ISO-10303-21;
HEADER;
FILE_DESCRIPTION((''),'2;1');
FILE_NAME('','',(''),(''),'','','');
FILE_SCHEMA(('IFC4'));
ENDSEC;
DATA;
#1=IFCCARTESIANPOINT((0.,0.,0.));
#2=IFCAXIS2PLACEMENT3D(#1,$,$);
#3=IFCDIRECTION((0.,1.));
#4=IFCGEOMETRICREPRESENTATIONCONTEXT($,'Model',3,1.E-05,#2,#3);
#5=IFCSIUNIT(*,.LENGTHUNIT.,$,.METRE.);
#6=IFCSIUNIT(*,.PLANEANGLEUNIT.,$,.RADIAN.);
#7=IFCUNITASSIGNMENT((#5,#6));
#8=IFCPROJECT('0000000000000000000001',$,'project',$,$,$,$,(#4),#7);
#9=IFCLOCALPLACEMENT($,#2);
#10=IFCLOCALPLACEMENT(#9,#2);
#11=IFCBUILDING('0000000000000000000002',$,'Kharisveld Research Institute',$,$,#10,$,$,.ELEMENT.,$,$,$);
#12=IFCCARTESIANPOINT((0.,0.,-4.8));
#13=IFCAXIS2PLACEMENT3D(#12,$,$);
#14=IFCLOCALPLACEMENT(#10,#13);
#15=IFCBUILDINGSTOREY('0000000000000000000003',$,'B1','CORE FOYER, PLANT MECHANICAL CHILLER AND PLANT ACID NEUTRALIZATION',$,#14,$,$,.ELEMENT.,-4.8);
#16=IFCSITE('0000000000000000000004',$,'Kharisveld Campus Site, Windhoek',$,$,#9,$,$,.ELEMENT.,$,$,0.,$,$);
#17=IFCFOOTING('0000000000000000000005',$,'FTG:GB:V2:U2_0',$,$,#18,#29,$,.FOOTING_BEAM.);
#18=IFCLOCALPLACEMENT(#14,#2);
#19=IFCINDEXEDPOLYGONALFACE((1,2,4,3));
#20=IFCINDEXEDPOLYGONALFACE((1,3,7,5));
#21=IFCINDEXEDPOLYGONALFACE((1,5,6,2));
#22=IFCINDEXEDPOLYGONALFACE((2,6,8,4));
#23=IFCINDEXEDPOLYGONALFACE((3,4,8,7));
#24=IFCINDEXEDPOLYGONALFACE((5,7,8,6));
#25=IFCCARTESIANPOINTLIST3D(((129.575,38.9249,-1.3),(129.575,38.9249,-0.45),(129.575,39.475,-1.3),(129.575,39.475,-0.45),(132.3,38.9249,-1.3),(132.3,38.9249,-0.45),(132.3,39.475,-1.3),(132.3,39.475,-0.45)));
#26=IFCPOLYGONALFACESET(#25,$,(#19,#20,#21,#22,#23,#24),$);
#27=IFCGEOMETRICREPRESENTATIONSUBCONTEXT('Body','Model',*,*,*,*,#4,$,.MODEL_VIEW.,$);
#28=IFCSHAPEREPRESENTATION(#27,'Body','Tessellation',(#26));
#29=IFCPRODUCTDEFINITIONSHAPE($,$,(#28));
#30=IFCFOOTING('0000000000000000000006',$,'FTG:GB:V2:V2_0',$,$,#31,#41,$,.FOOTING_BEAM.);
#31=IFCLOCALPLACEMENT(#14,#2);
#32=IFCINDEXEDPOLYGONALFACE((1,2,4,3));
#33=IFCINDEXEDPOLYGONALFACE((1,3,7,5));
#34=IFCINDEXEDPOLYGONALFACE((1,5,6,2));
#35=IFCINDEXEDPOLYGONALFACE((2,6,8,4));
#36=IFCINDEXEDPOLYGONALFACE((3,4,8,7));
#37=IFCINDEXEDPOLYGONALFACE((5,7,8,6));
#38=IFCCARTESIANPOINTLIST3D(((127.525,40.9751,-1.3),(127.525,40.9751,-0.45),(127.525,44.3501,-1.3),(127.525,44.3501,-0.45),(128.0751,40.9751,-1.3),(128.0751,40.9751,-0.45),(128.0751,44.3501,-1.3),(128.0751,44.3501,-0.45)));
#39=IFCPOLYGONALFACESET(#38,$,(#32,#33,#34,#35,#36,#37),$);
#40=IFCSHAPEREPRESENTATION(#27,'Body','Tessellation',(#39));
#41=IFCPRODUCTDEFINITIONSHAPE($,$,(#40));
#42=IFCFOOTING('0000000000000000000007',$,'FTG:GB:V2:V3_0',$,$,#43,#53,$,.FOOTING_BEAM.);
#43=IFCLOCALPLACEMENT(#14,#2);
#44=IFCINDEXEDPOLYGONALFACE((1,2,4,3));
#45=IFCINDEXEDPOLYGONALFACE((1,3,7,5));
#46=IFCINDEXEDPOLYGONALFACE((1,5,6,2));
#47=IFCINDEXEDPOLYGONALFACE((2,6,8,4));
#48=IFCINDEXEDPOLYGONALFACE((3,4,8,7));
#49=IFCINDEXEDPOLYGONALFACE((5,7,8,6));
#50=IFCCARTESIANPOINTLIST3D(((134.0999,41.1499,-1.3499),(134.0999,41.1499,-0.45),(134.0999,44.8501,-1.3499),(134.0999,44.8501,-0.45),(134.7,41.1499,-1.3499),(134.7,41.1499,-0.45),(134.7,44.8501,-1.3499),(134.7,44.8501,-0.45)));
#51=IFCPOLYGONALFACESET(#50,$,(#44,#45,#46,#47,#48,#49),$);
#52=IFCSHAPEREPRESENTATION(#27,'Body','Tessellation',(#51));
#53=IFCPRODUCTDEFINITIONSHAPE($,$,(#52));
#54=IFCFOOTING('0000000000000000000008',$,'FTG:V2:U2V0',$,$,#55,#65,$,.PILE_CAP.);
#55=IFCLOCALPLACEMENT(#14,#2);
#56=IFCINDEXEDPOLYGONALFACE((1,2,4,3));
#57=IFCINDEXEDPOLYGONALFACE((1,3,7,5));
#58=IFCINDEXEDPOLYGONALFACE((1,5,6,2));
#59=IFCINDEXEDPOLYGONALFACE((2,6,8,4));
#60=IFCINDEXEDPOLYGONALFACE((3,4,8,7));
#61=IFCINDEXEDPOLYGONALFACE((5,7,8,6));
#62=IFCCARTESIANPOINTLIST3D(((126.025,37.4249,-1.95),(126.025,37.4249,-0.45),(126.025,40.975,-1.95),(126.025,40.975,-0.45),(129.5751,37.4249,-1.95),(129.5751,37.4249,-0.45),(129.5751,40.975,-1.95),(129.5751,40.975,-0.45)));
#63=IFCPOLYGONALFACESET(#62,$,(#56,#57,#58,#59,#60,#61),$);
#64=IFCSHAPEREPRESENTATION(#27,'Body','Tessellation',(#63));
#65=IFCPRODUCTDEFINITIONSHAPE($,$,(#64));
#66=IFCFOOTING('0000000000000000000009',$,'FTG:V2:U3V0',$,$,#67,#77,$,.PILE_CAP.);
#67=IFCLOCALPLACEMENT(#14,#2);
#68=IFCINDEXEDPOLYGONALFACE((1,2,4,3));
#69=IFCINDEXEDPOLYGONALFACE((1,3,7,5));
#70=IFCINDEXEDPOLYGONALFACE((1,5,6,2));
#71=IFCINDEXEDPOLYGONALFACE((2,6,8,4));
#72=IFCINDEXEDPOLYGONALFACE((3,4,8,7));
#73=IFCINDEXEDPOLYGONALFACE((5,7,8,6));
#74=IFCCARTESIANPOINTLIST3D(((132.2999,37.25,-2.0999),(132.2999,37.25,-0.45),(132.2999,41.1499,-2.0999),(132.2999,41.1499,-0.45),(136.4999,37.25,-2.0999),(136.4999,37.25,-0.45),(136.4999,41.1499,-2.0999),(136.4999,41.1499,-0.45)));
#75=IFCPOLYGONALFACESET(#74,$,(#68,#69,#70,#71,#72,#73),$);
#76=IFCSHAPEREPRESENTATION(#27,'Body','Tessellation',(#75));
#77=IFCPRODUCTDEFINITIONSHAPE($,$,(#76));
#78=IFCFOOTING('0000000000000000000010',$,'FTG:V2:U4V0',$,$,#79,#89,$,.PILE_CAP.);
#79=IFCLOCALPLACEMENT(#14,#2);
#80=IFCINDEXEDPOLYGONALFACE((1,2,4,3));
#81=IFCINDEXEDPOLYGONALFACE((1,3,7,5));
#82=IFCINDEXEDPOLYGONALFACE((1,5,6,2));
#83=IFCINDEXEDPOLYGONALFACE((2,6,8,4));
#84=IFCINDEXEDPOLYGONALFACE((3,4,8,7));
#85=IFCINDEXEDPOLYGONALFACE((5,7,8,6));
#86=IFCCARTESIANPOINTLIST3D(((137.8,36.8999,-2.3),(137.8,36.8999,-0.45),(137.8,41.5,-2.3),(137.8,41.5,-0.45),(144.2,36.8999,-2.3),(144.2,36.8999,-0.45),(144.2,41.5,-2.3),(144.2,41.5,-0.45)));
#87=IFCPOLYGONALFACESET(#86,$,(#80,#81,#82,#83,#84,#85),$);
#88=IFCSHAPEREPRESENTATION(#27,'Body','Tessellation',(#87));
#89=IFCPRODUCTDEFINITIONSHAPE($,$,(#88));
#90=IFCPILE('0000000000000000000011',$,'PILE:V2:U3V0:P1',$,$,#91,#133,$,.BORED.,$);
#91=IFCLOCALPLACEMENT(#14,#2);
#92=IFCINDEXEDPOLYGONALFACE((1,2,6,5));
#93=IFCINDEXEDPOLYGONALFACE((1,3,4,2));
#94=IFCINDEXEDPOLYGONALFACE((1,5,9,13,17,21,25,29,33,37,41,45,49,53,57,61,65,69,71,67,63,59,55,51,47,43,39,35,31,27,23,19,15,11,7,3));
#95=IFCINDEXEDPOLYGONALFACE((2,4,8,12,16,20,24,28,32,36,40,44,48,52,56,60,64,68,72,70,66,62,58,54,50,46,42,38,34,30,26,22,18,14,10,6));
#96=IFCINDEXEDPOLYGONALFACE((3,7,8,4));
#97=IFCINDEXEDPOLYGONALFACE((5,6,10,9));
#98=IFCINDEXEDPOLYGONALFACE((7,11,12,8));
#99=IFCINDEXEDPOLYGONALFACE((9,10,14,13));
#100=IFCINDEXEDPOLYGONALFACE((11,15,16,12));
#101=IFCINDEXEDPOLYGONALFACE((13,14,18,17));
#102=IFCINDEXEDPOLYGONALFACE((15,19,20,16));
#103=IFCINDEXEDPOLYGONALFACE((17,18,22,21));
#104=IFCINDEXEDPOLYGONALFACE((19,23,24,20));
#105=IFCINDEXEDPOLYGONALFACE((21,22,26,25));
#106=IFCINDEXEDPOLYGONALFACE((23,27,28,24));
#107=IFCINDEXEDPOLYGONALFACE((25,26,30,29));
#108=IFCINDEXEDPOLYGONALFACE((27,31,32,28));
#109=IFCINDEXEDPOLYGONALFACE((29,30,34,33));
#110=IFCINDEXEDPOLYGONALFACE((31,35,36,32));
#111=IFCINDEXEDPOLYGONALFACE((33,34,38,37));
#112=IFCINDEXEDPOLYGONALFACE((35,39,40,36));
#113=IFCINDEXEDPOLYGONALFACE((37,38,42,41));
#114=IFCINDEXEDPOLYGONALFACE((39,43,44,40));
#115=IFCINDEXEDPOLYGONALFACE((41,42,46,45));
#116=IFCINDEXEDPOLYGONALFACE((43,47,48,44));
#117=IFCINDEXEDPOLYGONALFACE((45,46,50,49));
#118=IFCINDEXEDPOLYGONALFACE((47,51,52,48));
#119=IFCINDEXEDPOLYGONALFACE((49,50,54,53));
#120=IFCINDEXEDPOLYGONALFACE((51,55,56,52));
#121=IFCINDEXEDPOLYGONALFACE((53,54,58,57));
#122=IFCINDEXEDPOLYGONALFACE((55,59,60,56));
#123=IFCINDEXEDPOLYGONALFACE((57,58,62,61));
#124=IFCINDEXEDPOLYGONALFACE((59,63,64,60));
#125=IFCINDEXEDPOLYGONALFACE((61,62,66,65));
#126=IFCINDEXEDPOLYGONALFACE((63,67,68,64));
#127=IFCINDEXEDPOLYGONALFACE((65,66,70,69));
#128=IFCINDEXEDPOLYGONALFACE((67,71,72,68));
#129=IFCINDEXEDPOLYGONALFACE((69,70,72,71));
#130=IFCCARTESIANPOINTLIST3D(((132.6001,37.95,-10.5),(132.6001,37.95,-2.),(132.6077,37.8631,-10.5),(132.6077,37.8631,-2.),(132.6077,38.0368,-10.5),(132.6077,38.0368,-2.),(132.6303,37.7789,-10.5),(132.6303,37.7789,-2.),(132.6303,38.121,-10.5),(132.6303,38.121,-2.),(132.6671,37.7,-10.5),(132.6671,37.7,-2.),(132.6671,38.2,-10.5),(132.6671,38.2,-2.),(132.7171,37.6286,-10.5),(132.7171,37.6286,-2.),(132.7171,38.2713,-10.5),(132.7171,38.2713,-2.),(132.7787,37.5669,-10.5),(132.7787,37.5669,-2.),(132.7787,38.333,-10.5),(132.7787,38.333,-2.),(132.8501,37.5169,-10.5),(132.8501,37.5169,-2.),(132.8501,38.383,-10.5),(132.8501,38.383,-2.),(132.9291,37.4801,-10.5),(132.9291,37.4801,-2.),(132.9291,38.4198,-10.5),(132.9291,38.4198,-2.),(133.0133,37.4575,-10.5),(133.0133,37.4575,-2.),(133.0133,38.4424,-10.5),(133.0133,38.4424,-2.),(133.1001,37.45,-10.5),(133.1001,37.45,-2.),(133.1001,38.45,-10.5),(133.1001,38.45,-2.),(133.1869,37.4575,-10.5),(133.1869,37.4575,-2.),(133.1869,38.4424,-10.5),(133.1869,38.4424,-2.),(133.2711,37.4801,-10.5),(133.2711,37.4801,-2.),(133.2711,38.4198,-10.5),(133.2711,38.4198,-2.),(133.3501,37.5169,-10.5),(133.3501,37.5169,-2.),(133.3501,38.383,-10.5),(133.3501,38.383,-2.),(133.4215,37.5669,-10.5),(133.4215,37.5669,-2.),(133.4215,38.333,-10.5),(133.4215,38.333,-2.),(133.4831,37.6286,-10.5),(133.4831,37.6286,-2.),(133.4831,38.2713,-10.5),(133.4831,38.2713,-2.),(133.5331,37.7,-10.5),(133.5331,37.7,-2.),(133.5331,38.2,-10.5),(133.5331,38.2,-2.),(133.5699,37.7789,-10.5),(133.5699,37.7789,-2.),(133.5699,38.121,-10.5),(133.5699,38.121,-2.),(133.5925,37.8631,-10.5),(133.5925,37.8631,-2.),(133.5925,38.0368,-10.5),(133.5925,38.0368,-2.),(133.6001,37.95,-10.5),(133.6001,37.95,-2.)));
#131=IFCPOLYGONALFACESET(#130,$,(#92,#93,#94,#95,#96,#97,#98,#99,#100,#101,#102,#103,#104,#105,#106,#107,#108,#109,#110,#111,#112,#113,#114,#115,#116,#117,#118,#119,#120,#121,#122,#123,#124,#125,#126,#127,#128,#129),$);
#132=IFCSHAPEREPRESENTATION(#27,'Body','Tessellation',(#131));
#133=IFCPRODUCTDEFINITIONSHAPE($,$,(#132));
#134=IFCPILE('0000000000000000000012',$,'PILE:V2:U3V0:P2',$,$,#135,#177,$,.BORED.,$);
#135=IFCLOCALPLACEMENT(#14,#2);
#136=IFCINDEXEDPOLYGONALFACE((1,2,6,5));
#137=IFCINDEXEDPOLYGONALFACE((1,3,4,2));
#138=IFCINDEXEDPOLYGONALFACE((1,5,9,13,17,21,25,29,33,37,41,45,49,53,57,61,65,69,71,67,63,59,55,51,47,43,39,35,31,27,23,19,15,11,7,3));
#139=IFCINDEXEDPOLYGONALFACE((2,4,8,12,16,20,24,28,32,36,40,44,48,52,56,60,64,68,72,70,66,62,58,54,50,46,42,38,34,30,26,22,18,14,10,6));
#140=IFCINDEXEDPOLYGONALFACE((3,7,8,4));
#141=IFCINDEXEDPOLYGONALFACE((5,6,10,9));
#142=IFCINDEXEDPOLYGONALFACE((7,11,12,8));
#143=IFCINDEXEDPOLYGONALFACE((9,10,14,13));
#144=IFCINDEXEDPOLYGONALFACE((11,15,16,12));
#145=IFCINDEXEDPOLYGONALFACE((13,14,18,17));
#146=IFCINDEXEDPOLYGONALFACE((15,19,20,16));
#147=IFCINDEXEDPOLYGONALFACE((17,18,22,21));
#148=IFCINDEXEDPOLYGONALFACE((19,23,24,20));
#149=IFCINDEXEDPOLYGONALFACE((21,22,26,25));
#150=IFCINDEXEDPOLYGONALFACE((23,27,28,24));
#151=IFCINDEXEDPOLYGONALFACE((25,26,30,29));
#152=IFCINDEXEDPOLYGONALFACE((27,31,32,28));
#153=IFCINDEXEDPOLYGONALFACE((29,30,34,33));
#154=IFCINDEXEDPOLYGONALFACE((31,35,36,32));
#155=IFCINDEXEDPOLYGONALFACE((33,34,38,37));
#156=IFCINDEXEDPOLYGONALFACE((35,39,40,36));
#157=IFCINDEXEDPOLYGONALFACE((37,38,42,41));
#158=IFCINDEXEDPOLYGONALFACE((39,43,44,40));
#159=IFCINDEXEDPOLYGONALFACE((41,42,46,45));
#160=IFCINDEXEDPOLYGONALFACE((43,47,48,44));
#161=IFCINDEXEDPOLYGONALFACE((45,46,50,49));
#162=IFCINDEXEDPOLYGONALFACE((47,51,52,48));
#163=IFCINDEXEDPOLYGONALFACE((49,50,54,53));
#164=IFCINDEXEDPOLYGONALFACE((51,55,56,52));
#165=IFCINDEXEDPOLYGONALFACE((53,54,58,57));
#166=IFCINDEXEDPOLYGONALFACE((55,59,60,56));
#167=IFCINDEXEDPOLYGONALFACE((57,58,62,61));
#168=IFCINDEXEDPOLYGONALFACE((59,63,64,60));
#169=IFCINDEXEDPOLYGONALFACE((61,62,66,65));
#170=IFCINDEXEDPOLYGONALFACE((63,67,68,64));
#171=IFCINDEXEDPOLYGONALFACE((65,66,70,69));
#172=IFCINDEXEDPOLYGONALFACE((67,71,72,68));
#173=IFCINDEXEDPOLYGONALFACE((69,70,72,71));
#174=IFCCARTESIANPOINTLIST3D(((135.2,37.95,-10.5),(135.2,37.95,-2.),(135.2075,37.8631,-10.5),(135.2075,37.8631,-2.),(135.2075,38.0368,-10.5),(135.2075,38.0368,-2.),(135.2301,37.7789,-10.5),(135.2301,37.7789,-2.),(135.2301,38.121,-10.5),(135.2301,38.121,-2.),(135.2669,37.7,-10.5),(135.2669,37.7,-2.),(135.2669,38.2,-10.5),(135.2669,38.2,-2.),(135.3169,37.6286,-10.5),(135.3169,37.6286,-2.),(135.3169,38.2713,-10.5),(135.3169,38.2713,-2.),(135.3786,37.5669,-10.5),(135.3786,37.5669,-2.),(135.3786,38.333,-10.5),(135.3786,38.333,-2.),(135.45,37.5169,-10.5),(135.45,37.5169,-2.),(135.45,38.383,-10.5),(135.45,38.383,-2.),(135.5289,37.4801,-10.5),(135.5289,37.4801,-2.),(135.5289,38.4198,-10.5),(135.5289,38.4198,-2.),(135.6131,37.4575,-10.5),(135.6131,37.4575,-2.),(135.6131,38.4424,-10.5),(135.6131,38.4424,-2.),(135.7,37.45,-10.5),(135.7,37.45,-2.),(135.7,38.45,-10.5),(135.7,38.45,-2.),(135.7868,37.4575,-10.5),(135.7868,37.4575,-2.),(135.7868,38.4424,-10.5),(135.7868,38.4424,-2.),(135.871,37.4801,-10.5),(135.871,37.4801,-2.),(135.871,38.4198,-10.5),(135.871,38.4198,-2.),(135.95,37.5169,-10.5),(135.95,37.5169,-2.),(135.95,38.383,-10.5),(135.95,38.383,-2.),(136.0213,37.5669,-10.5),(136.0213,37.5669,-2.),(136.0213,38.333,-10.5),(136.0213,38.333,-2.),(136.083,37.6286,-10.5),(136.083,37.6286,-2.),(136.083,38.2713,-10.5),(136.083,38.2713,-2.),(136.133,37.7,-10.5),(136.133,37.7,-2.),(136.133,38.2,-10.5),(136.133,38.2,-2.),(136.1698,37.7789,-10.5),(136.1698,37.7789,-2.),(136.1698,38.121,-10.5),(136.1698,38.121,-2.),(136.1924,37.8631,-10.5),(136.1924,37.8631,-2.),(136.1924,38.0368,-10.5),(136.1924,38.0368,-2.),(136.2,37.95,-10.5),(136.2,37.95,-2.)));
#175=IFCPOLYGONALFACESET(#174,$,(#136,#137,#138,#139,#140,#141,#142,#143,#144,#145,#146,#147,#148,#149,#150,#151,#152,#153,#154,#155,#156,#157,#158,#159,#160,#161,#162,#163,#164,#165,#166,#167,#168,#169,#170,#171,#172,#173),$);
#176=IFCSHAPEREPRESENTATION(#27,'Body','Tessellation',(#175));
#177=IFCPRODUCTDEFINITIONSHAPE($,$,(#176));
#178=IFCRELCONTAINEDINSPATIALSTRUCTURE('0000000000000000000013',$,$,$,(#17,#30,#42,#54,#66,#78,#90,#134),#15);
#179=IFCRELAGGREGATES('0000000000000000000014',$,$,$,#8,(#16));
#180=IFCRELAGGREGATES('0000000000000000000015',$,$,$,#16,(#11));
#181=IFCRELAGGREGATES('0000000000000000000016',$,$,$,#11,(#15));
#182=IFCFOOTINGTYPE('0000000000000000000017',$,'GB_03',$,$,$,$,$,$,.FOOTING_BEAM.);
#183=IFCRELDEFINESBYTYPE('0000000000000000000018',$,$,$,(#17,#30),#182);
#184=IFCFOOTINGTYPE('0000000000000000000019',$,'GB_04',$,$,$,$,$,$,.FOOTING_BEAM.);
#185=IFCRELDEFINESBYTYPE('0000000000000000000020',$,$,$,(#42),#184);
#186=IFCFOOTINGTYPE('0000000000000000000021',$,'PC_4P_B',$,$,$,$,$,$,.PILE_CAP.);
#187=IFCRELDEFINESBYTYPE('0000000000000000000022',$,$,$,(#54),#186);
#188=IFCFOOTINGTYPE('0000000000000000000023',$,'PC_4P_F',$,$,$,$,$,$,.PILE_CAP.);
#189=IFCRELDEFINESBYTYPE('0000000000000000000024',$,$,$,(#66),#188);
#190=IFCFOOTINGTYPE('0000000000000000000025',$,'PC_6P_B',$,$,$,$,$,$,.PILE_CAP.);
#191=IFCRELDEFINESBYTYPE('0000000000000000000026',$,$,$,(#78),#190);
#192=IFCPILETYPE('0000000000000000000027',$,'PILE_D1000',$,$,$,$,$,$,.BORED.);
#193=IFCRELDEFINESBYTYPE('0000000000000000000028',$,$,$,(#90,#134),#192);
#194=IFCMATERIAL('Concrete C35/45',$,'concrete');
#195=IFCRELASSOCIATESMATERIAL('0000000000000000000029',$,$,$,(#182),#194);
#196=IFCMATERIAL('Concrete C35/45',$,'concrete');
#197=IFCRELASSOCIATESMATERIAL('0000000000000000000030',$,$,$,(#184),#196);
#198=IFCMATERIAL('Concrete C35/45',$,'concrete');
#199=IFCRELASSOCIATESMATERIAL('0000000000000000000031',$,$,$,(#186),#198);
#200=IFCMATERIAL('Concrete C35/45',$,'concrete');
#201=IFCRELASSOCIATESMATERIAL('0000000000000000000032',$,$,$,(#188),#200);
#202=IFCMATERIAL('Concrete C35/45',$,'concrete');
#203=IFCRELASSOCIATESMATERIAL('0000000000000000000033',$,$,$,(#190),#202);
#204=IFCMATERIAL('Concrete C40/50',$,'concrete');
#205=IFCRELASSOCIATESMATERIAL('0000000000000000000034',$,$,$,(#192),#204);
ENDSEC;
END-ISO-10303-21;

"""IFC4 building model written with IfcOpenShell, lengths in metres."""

from ifc_helpers import new_model, si_unit, direction, frame, origin, origin_2d, place, context, subcontext, project, spatial, rectangle, circle, extrude, material, material_profile, profile_set, type_object, element, save


model = new_model("IFC4")

# Units and contexts
model_context = context("Model", 3, precision=1e-05, world=origin(), true_north=direction((0.0, 1.0)))
body_context = subcontext(model_context, "Body", "Model", "MODEL_VIEW")
ifc_project = project(units=[si_unit("LENGTHUNIT", "METRE"), si_unit("PLANEANGLEUNIT", "RADIAN")], contexts=[model_context])

# Site, building, storey
site_placement = place(None, origin())
site = spatial("IfcSite", under=ifc_project, at=site_placement, Name="Kharisveld Campus Site, Windhoek", CompositionType="ELEMENT", RefElevation=0.0)
building_placement = place(site_placement, origin())
building = spatial("IfcBuilding", under=site, at=building_placement, Name="Kharisveld Research Institute", CompositionType="ELEMENT")
storey_placement = place(building_placement, frame((0.0, 0.0, -4.8)))
storey = spatial("IfcBuildingStorey", under=building, at=storey_placement, Name="B1", Description="CORE FOYER, PLANT MECHANICAL CHILLER AND PLANT ACID NEUTRALIZATION", CompositionType="ELEMENT", Elevation=-4.8)

# Footings
ifc_material_1 = material(Name="Concrete C35/45", Category="concrete")
ifc_material_profile_1 = material_profile(ifc_material_1, rectangle(XDim=0.55, YDim=0.8501, at=origin_2d()))
ifc_profile_set_1 = profile_set([ifc_material_profile_1], Name="Concrete C35/45")
footing_type_1 = type_object("IfcFootingType", Name="GB_03", PredefinedType="FOOTING_BEAM", material=ifc_profile_set_1)
footing_1_placement = place(storey_placement, frame((129.575, 39.2, -0.875), z_axis=(1.0, 0.0, 0.0), x_axis=(0.0, 1.0, 0.0)))
element("IfcFooting", 1, at=footing_1_placement, inside=storey, type_object=footing_type_1, Name="FTG:GB:V2:U2_0", PredefinedType="FOOTING_BEAM", context=body_context, shape_type="SweptSolid", body=[
    extrude(rectangle(XDim=0.55, YDim=0.8501, at=origin_2d()), origin(), (0.0, 0.0, 1.0), 2.7251),
])
footing_2_placement = place(storey_placement, frame((127.8, 40.9751, -0.875), z_axis=(0.0, 1.0, 0.0), x_axis=(-1.0, 0.0, 0.0)))
element("IfcFooting", 2, at=footing_2_placement, inside=storey, type_object=footing_type_1, Name="FTG:GB:V2:V2_0", PredefinedType="FOOTING_BEAM", context=body_context, shape_type="SweptSolid", body=[
    extrude(rectangle(XDim=0.55, YDim=0.8501, at=origin_2d()), origin(), (0.0, 0.0, 1.0), 3.375),
])
ifc_material_2 = material(Name="Concrete C35/45", Category="concrete")
ifc_material_profile_2 = material_profile(ifc_material_2, rectangle(XDim=0.6001, YDim=0.8999, at=origin_2d()))
ifc_profile_set_2 = profile_set([ifc_material_profile_2], Name="Concrete C35/45")
footing_type_2 = type_object("IfcFootingType", Name="GB_04", PredefinedType="FOOTING_BEAM", material=ifc_profile_set_2)
footing_3_placement = place(storey_placement, frame((134.3999, 41.1499, -0.8999), z_axis=(0.0, 1.0, 0.0), x_axis=(-1.0, 0.0, 0.0)))
element("IfcFooting", 3, at=footing_3_placement, inside=storey, type_object=footing_type_2, Name="FTG:GB:V2:V3_0", PredefinedType="FOOTING_BEAM", context=body_context, shape_type="SweptSolid", body=[
    extrude(rectangle(XDim=0.6001, YDim=0.8999, at=origin_2d()), origin(), (0.0, 0.0, 1.0), 3.7002),
])
ifc_material_3 = material(Name="Concrete C35/45", Category="concrete")
footing_type_3 = type_object("IfcFootingType", Name="PC_4P_B", PredefinedType="PILE_CAP", material=ifc_material_3)
footing_4_placement = place(storey_placement, frame((127.8, 39.2, -1.95), z_axis=(0.0, 0.0, 1.0), x_axis=(1.0, 0.0, 0.0)))
element("IfcFooting", 4, at=footing_4_placement, inside=storey, type_object=footing_type_3, Name="FTG:V2:U2V0", PredefinedType="PILE_CAP", context=body_context, shape_type="SweptSolid", body=[
    extrude(rectangle(XDim=3.55, YDim=3.55, at=origin_2d()), origin(), (0.0, 0.0, 1.0), 1.5),
])
ifc_material_4 = material(Name="Concrete C35/45", Category="concrete")
footing_type_4 = type_object("IfcFootingType", Name="PC_4P_F", PredefinedType="PILE_CAP", material=ifc_material_4)
footing_5_placement = place(storey_placement, frame((134.3999, 39.2, -2.0999), z_axis=(0.0, 0.0, 1.0), x_axis=(1.0, 0.0, 0.0)))
element("IfcFooting", 5, at=footing_5_placement, inside=storey, type_object=footing_type_4, Name="FTG:V2:U3V0", PredefinedType="PILE_CAP", context=body_context, shape_type="SweptSolid", body=[
    extrude(rectangle(XDim=4.2, YDim=3.8999, at=origin_2d()), origin(), (0.0, 0.0, 1.0), 1.6499),
])
ifc_material_5 = material(Name="Concrete C35/45", Category="concrete")
footing_type_5 = type_object("IfcFootingType", Name="PC_6P_B", PredefinedType="PILE_CAP", material=ifc_material_5)
footing_6_placement = place(storey_placement, frame((141.0, 39.2, -2.3), z_axis=(0.0, 0.0, 1.0), x_axis=(1.0, 0.0, 0.0)))
element("IfcFooting", 6, at=footing_6_placement, inside=storey, type_object=footing_type_5, Name="FTG:V2:U4V0", PredefinedType="PILE_CAP", context=body_context, shape_type="SweptSolid", body=[
    extrude(rectangle(XDim=6.3999, YDim=4.6001, at=origin_2d()), origin(), (0.0, 0.0, 1.0), 1.8501),
])

# Piles
ifc_material_6 = material(Name="Concrete C40/50", Category="concrete")
ifc_material_profile_3 = material_profile(ifc_material_6, circle(Radius=0.5, at=origin_2d()))
ifc_profile_set_3 = profile_set([ifc_material_profile_3], Name="Concrete C40/50")
pile_type_1 = type_object("IfcPileType", Name="PILE_D1000", PredefinedType="BORED", material=ifc_profile_set_3)
for number, where, z_axis, x_axis, name in (
    (7, (133.1001, 37.95, -2.0), (0.0, 0.0, -1.0), (1.0, 0.0, 0.0), "PILE:V2:U3V0:P1"),
    (8, (135.7, 37.95, -2.0), (0.0, 0.0, -1.0), (1.0, 0.0, 0.0), "PILE:V2:U3V0:P2"),
):
    element("IfcPile", number, at=place(storey_placement, frame(where, z_axis=z_axis, x_axis=x_axis)), inside=storey, type_object=pile_type_1, Name=name, PredefinedType="BORED", context=body_context, shape_type="SweptSolid", body=[
        extrude(circle(Radius=0.5, at=origin_2d()), origin(), (0.0, 0.0, 1.0), 8.5),
    ])

save(model, "model.ifc")
